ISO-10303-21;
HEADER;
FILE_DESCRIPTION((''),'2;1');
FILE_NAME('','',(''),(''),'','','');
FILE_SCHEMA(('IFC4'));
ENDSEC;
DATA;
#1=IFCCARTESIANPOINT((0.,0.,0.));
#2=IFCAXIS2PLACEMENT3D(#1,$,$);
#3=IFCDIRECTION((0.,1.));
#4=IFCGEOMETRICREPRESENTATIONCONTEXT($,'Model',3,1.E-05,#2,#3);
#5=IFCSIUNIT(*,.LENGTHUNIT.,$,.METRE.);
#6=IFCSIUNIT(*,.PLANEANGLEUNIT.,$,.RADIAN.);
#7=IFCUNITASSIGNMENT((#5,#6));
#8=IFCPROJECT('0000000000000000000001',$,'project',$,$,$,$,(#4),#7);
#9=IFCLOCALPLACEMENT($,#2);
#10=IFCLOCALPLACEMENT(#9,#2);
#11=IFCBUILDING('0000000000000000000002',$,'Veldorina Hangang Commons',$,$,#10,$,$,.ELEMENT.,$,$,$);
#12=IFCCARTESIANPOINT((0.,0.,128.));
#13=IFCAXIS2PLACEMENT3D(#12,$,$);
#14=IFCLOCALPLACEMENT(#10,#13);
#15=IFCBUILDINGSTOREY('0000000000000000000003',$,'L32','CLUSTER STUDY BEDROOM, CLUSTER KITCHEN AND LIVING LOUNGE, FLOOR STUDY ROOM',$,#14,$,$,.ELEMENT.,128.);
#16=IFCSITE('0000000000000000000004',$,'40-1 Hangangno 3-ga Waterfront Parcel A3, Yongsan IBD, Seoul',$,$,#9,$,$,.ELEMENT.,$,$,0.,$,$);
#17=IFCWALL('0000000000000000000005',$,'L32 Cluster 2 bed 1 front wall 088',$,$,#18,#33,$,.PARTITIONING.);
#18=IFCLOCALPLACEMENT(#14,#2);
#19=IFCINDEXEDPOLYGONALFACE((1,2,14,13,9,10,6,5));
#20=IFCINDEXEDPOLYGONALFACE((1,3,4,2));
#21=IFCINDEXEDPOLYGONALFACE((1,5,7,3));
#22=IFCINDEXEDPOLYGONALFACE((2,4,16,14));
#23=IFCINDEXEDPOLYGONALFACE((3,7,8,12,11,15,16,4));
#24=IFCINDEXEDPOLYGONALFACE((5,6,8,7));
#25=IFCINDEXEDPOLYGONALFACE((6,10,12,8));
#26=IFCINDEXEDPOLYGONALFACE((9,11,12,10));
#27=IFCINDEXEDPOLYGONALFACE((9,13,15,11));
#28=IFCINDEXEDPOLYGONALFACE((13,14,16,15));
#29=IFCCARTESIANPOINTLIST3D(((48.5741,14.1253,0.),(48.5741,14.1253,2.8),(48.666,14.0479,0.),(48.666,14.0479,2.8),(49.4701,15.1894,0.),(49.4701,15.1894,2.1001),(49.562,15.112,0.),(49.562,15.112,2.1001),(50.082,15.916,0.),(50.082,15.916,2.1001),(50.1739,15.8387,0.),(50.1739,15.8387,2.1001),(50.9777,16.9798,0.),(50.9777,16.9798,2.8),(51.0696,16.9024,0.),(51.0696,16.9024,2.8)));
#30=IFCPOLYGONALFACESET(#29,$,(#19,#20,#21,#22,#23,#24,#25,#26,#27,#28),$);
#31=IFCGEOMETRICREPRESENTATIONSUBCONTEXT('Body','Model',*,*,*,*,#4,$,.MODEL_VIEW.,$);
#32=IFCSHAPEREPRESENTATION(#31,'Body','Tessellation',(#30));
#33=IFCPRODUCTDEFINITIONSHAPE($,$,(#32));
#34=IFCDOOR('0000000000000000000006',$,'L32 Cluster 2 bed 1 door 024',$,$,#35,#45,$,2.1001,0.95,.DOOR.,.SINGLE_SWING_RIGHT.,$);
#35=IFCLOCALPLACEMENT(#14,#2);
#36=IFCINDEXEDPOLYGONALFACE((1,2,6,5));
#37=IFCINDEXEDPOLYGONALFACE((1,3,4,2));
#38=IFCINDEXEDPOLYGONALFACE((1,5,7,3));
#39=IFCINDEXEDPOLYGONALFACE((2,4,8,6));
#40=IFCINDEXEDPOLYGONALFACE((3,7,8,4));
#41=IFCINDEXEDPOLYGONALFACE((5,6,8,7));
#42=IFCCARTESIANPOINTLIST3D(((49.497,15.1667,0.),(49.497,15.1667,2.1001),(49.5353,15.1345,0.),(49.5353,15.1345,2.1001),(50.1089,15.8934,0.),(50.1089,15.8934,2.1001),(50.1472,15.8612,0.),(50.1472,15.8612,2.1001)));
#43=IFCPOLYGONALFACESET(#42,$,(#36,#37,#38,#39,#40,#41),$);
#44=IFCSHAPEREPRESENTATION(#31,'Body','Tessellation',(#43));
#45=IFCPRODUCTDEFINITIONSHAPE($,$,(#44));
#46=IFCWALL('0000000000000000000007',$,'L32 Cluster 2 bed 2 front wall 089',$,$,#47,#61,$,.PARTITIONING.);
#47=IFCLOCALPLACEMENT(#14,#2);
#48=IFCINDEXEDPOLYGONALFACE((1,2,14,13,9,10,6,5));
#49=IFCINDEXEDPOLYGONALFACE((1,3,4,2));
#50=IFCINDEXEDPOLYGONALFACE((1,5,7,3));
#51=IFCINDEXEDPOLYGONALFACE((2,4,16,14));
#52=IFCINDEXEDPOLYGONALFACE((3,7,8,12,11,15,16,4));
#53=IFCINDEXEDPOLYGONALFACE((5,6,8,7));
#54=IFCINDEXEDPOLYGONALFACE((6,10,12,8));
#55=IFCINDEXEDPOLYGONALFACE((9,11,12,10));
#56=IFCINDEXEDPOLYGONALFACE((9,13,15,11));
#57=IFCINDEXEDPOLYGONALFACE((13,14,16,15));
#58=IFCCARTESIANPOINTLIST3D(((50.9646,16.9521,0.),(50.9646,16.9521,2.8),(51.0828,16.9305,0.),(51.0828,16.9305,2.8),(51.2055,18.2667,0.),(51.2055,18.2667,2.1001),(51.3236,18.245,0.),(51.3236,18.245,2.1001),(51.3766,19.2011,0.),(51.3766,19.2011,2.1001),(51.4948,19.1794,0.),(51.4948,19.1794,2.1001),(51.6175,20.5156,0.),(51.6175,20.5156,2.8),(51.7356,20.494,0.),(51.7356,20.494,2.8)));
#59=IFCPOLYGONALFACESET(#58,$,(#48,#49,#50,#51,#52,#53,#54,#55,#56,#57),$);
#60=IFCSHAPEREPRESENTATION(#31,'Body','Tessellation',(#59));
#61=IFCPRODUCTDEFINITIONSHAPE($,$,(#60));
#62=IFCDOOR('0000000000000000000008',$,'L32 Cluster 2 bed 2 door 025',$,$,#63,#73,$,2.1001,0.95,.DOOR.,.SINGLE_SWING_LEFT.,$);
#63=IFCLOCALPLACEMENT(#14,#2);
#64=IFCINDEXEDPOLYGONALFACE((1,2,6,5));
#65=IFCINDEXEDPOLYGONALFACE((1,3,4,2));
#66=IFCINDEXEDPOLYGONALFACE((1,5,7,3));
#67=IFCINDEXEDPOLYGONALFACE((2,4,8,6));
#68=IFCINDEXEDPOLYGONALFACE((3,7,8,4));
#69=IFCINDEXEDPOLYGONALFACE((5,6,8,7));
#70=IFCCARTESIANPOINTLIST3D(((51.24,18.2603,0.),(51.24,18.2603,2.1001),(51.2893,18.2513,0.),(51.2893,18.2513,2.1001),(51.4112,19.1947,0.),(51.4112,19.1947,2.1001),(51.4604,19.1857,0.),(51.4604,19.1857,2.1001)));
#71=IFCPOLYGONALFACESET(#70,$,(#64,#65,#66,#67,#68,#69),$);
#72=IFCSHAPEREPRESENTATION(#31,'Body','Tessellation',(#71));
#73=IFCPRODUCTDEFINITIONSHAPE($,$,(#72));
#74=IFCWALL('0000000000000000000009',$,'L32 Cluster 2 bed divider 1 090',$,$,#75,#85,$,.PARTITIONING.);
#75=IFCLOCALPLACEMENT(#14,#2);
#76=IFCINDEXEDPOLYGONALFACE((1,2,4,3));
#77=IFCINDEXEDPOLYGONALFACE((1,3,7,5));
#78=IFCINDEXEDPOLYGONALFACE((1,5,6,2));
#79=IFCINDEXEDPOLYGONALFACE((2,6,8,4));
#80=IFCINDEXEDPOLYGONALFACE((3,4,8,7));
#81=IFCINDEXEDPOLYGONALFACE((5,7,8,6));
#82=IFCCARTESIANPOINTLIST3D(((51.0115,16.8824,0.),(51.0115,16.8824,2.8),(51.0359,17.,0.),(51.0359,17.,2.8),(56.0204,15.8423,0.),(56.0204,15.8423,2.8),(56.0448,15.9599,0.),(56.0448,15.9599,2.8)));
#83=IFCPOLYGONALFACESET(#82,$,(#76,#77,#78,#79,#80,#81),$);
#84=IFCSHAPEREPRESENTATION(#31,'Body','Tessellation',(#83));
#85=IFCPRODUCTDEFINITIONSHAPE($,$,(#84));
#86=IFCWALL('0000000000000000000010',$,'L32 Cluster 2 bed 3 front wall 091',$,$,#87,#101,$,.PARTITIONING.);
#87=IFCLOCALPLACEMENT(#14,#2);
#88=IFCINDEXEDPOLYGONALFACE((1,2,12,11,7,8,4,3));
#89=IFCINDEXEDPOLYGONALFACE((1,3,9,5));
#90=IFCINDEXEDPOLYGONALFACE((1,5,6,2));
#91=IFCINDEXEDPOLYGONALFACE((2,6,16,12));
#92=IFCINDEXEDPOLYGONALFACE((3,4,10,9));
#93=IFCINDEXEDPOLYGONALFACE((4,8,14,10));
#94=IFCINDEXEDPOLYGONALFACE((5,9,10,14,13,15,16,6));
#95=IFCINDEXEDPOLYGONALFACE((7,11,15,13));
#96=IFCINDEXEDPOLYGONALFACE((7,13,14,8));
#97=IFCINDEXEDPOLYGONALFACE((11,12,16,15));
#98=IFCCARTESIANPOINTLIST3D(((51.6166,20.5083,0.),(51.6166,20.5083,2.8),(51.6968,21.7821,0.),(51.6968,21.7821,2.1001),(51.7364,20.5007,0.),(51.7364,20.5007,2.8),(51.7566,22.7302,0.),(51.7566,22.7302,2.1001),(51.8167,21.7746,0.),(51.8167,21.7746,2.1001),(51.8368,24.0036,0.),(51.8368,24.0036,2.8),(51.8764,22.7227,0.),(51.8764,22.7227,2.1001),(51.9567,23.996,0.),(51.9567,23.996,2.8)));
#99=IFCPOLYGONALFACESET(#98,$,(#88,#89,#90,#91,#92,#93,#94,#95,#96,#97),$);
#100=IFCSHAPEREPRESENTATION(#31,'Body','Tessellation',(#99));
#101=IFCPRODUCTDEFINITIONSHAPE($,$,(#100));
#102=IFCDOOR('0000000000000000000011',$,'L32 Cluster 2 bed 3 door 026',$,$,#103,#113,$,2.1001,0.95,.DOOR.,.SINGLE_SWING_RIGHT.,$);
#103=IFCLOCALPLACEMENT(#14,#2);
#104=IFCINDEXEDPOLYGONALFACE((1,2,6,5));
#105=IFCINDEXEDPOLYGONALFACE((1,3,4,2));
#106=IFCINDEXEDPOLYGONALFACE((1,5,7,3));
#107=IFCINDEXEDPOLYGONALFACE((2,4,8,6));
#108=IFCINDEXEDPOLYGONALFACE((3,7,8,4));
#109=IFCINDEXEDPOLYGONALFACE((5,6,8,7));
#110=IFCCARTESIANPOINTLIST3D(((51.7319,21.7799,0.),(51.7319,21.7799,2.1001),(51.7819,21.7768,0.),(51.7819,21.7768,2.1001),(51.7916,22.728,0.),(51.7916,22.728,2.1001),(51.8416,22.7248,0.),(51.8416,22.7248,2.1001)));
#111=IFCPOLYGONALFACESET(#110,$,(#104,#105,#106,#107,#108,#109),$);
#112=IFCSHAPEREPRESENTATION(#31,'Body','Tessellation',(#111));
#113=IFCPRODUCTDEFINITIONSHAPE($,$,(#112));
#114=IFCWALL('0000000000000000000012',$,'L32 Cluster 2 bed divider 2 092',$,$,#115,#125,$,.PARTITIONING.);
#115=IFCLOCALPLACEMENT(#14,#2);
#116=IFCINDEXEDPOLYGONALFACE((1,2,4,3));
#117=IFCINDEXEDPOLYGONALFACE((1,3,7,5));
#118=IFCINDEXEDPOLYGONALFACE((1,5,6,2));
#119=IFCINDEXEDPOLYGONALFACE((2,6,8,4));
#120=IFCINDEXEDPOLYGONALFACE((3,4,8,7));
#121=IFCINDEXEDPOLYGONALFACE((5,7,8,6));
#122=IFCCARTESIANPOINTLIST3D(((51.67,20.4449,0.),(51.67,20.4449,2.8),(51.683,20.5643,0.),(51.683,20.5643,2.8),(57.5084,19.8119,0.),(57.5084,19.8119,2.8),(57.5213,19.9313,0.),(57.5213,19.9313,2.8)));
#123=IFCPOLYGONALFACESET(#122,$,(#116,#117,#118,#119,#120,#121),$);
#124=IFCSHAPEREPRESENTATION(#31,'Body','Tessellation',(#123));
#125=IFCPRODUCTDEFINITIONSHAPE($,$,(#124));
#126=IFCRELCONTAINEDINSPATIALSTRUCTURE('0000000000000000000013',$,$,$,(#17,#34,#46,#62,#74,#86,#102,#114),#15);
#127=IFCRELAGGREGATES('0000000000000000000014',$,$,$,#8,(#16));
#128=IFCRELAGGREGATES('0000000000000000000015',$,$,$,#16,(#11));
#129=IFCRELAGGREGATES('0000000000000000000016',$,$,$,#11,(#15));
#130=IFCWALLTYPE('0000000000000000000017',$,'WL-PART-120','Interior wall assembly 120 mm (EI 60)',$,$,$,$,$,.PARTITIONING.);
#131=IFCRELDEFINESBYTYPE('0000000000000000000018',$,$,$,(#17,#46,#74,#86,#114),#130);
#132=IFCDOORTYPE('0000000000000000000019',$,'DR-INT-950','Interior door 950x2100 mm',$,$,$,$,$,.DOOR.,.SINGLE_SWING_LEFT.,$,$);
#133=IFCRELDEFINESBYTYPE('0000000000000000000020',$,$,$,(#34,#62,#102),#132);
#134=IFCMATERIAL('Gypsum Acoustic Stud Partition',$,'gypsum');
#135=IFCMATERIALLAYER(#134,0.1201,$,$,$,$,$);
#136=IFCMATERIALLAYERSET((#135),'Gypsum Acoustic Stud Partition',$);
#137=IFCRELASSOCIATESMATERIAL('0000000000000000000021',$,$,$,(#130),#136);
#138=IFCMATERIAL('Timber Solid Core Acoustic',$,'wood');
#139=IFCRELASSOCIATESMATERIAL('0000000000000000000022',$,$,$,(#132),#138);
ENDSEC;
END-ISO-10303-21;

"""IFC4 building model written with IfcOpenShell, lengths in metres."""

from ifc_helpers import new_model, si_unit, direction, frame, frame_2d, origin, place, context, subcontext, project, spatial, rectangle, extrude, material, layer, layer_set, type_object, element, fill, save


model = new_model("IFC4")

# Units and contexts
model_context = context("Model", 3, precision=1e-05, world=origin(), true_north=direction((0.0, 1.0)))
body_context = subcontext(model_context, "Body", "Model", "MODEL_VIEW")
ifc_project = project(units=[si_unit("LENGTHUNIT", "METRE"), si_unit("PLANEANGLEUNIT", "RADIAN")], contexts=[model_context])

# Site, building, storey
site_placement = place(None, origin())
site = spatial("IfcSite", under=ifc_project, at=site_placement, Name="40-1 Hangangno 3-ga Waterfront Parcel A3, Yongsan IBD, Seoul", CompositionType="ELEMENT", RefElevation=0.0)
building_placement = place(site_placement, origin())
building = spatial("IfcBuilding", under=site, at=building_placement, Name="Veldorina Hangang Commons", CompositionType="ELEMENT")
storey_placement = place(building_placement, frame((0.0, 0.0, 128.0)))
storey = spatial("IfcBuildingStorey", under=building, at=storey_placement, Name="L32", Description="CLUSTER STUDY BEDROOM, CLUSTER KITCHEN AND LIVING LOUNGE, FLOOR STUDY ROOM", CompositionType="ELEMENT", Elevation=128.0)

# Shared definitions
ifc_material_1 = material(Name="Gypsum Acoustic Stud Partition", Category="gypsum")
ifc_layer_1 = layer(ifc_material_1, 0.1201)
ifc_layer_set_1 = layer_set([ifc_layer_1], Name="Gypsum Acoustic Stud Partition")
wall_type_1 = type_object("IfcWallType", Name="WL-PART-120", Description="Interior wall assembly 120 mm (EI 60)", PredefinedType="PARTITIONING", material=ifc_layer_set_1)

# Walls, openings, doors
wall_1_placement = place(storey_placement, frame((48.6201, 14.0867, 0.0), z_axis=(0.0, 0.0, 1.0), x_axis=(0.644101, 0.76494, 0.0)))
wall_1 = element("IfcWall", 1, at=wall_1_placement, inside=storey, type_object=wall_type_1, Name="L32 Cluster 2 bed 1 front wall 088", PredefinedType="PARTITIONING", context=body_context, shape_type="SweptSolid", body=[
    extrude(rectangle(XDim=3.7317, YDim=0.1201, at=frame_2d((1.8657, 0.0))), origin(), (0.0, 0.0, 1.0), 2.8),
])
opening_1_placement = place(wall_1_placement, frame((1.3909, 0.0, 0.0)))
opening_1 = element("IfcOpeningElement", 2, at=opening_1_placement, cuts=wall_1, PredefinedType="OPENING", context=body_context, shape_type="SweptSolid", body=[
    extrude(rectangle(XDim=0.95, YDim=2.1001, at=frame_2d((0.4751, 1.05))), frame((0.0, 0.0701, 0.0), z_axis=(0.0, -1.0, 0.0), x_axis=(1.0, 0.0, 0.0)), (0.0, 0.0, 1.0), 0.1401),
])
ifc_material_2 = material(Name="Timber Solid Core Acoustic", Category="wood")
door_type_1 = type_object("IfcDoorType", Name="DR-INT-950", Description="Interior door 950x2100 mm", OperationType="SINGLE_SWING_LEFT", PredefinedType="DOOR", material=ifc_material_2)
door_1_placement = place(opening_1_placement, origin())
door_1 = element("IfcDoor", 3, at=door_1_placement, inside=storey, type_object=door_type_1, Name="L32 Cluster 2 bed 1 door 024", OperationType="SINGLE_SWING_RIGHT", OverallHeight=2.1001, OverallWidth=0.95, PredefinedType="DOOR", context=body_context, shape_type="SweptSolid", body=[
    extrude(rectangle(XDim=0.95, YDim=2.1001, at=frame_2d((0.4751, 1.05))), frame((0.0, 0.0249, 0.0), z_axis=(0.0, -1.0, 0.0), x_axis=(1.0, 0.0, 0.0)), (0.0, 0.0, 1.0), 0.05),
])
fill(opening_1, door_1)
wall_2_placement = place(storey_placement, frame((51.0237, 16.9412, 0.0), z_axis=(0.0, 0.0, 1.0), x_axis=(0.180202, 0.98363, 0.0)))
wall_2 = element("IfcWall", 4, at=wall_2_placement, inside=storey, type_object=wall_type_1, Name="L32 Cluster 2 bed 2 front wall 089", PredefinedType="PARTITIONING", context=body_context, shape_type="SweptSolid", body=[
    extrude(rectangle(XDim=3.6228, YDim=0.1201, at=frame_2d((1.8115, 0.0))), origin(), (0.0, 0.0, 1.0), 2.8),
])
opening_2_placement = place(wall_2_placement, frame((1.3364, 0.0, 0.0)))
opening_2 = element("IfcOpeningElement", 5, at=opening_2_placement, cuts=wall_2, PredefinedType="OPENING", context=body_context, shape_type="SweptSolid", body=[
    extrude(rectangle(XDim=0.95, YDim=2.1001, at=frame_2d((0.4751, 1.05))), frame((0.0, 0.0701, 0.0), z_axis=(0.0, -1.0, 0.0), x_axis=(1.0, 0.0, 0.0)), (0.0, 0.0, 1.0), 0.1401),
])
door_2_placement = place(opening_2_placement, origin())
door_2 = element("IfcDoor", 6, at=door_2_placement, inside=storey, type_object=door_type_1, Name="L32 Cluster 2 bed 2 door 025", OperationType="SINGLE_SWING_LEFT", OverallHeight=2.1001, OverallWidth=0.95, PredefinedType="DOOR", context=body_context, shape_type="SweptSolid", body=[
    extrude(rectangle(XDim=0.95, YDim=2.1001, at=frame_2d((0.4751, 1.05))), frame((0.0, 0.0249, 0.0), z_axis=(0.0, -1.0, 0.0), x_axis=(1.0, 0.0, 0.0)), (0.0, 0.0, 1.0), 0.05),
])
fill(opening_2, door_2)

# Wall
wall_3_placement = place(storey_placement, frame((51.0237, 16.9412, 0.0), z_axis=(0.0, 0.0, 1.0), x_axis=(0.979115, -0.203306, 0.0)))
element("IfcWall", 7, at=wall_3_placement, inside=storey, type_object=wall_type_1, Name="L32 Cluster 2 bed divider 1 090", PredefinedType="PARTITIONING", context=body_context, shape_type="SweptSolid", body=[
    extrude(rectangle(XDim=5.1157, YDim=0.1201, at=frame_2d((2.5579, 0.0))), origin(), (0.0, 0.0, 1.0), 2.8),
])

# Wall, opening, door
wall_4_placement = place(storey_placement, frame((51.6765, 20.5046, 0.0), z_axis=(0.0, 0.0, 1.0), x_axis=(0.062877, 0.998021, 0.0)))
wall_4 = element("IfcWall", 8, at=wall_4_placement, inside=storey, type_object=wall_type_1, Name="L32 Cluster 2 bed 3 front wall 091", PredefinedType="PARTITIONING", context=body_context, shape_type="SweptSolid", body=[
    extrude(rectangle(XDim=3.5022, YDim=0.1201, at=frame_2d((1.751, 0.0))), origin(), (0.0, 0.0, 1.0), 2.8),
])
opening_3_placement = place(wall_4_placement, frame((1.2761, 0.0, 0.0)))
opening_3 = element("IfcOpeningElement", 9, at=opening_3_placement, cuts=wall_4, PredefinedType="OPENING", context=body_context, shape_type="SweptSolid", body=[
    extrude(rectangle(XDim=0.95, YDim=2.1001, at=frame_2d((0.4751, 1.05))), frame((0.0, 0.0701, 0.0), z_axis=(0.0, -1.0, 0.0), x_axis=(1.0, 0.0, 0.0)), (0.0, 0.0, 1.0), 0.1401),
])
door_3_placement = place(opening_3_placement, origin())
door_3 = element("IfcDoor", 10, at=door_3_placement, inside=storey, type_object=door_type_1, Name="L32 Cluster 2 bed 3 door 026", OperationType="SINGLE_SWING_RIGHT", OverallHeight=2.1001, OverallWidth=0.95, PredefinedType="DOOR", context=body_context, shape_type="SweptSolid", body=[
    extrude(rectangle(XDim=0.95, YDim=2.1001, at=frame_2d((0.4751, 1.05))), frame((0.0, 0.0249, 0.0), z_axis=(0.0, -1.0, 0.0), x_axis=(1.0, 0.0, 0.0)), (0.0, 0.0, 1.0), 0.05),
])
fill(opening_3, door_3)

# Wall
wall_5_placement = place(storey_placement, frame((51.6765, 20.5046, 0.0), z_axis=(0.0, 0.0, 1.0), x_axis=(0.994173, -0.107798, 0.0)))
element("IfcWall", 11, at=wall_5_placement, inside=storey, type_object=wall_type_1, Name="L32 Cluster 2 bed divider 2 092", PredefinedType="PARTITIONING", context=body_context, shape_type="SweptSolid", body=[
    extrude(rectangle(XDim=5.8726, YDim=0.1201, at=frame_2d((2.9363, 0.0))), origin(), (0.0, 0.0, 1.0), 2.8),
])

save(model, "model.ifc")
